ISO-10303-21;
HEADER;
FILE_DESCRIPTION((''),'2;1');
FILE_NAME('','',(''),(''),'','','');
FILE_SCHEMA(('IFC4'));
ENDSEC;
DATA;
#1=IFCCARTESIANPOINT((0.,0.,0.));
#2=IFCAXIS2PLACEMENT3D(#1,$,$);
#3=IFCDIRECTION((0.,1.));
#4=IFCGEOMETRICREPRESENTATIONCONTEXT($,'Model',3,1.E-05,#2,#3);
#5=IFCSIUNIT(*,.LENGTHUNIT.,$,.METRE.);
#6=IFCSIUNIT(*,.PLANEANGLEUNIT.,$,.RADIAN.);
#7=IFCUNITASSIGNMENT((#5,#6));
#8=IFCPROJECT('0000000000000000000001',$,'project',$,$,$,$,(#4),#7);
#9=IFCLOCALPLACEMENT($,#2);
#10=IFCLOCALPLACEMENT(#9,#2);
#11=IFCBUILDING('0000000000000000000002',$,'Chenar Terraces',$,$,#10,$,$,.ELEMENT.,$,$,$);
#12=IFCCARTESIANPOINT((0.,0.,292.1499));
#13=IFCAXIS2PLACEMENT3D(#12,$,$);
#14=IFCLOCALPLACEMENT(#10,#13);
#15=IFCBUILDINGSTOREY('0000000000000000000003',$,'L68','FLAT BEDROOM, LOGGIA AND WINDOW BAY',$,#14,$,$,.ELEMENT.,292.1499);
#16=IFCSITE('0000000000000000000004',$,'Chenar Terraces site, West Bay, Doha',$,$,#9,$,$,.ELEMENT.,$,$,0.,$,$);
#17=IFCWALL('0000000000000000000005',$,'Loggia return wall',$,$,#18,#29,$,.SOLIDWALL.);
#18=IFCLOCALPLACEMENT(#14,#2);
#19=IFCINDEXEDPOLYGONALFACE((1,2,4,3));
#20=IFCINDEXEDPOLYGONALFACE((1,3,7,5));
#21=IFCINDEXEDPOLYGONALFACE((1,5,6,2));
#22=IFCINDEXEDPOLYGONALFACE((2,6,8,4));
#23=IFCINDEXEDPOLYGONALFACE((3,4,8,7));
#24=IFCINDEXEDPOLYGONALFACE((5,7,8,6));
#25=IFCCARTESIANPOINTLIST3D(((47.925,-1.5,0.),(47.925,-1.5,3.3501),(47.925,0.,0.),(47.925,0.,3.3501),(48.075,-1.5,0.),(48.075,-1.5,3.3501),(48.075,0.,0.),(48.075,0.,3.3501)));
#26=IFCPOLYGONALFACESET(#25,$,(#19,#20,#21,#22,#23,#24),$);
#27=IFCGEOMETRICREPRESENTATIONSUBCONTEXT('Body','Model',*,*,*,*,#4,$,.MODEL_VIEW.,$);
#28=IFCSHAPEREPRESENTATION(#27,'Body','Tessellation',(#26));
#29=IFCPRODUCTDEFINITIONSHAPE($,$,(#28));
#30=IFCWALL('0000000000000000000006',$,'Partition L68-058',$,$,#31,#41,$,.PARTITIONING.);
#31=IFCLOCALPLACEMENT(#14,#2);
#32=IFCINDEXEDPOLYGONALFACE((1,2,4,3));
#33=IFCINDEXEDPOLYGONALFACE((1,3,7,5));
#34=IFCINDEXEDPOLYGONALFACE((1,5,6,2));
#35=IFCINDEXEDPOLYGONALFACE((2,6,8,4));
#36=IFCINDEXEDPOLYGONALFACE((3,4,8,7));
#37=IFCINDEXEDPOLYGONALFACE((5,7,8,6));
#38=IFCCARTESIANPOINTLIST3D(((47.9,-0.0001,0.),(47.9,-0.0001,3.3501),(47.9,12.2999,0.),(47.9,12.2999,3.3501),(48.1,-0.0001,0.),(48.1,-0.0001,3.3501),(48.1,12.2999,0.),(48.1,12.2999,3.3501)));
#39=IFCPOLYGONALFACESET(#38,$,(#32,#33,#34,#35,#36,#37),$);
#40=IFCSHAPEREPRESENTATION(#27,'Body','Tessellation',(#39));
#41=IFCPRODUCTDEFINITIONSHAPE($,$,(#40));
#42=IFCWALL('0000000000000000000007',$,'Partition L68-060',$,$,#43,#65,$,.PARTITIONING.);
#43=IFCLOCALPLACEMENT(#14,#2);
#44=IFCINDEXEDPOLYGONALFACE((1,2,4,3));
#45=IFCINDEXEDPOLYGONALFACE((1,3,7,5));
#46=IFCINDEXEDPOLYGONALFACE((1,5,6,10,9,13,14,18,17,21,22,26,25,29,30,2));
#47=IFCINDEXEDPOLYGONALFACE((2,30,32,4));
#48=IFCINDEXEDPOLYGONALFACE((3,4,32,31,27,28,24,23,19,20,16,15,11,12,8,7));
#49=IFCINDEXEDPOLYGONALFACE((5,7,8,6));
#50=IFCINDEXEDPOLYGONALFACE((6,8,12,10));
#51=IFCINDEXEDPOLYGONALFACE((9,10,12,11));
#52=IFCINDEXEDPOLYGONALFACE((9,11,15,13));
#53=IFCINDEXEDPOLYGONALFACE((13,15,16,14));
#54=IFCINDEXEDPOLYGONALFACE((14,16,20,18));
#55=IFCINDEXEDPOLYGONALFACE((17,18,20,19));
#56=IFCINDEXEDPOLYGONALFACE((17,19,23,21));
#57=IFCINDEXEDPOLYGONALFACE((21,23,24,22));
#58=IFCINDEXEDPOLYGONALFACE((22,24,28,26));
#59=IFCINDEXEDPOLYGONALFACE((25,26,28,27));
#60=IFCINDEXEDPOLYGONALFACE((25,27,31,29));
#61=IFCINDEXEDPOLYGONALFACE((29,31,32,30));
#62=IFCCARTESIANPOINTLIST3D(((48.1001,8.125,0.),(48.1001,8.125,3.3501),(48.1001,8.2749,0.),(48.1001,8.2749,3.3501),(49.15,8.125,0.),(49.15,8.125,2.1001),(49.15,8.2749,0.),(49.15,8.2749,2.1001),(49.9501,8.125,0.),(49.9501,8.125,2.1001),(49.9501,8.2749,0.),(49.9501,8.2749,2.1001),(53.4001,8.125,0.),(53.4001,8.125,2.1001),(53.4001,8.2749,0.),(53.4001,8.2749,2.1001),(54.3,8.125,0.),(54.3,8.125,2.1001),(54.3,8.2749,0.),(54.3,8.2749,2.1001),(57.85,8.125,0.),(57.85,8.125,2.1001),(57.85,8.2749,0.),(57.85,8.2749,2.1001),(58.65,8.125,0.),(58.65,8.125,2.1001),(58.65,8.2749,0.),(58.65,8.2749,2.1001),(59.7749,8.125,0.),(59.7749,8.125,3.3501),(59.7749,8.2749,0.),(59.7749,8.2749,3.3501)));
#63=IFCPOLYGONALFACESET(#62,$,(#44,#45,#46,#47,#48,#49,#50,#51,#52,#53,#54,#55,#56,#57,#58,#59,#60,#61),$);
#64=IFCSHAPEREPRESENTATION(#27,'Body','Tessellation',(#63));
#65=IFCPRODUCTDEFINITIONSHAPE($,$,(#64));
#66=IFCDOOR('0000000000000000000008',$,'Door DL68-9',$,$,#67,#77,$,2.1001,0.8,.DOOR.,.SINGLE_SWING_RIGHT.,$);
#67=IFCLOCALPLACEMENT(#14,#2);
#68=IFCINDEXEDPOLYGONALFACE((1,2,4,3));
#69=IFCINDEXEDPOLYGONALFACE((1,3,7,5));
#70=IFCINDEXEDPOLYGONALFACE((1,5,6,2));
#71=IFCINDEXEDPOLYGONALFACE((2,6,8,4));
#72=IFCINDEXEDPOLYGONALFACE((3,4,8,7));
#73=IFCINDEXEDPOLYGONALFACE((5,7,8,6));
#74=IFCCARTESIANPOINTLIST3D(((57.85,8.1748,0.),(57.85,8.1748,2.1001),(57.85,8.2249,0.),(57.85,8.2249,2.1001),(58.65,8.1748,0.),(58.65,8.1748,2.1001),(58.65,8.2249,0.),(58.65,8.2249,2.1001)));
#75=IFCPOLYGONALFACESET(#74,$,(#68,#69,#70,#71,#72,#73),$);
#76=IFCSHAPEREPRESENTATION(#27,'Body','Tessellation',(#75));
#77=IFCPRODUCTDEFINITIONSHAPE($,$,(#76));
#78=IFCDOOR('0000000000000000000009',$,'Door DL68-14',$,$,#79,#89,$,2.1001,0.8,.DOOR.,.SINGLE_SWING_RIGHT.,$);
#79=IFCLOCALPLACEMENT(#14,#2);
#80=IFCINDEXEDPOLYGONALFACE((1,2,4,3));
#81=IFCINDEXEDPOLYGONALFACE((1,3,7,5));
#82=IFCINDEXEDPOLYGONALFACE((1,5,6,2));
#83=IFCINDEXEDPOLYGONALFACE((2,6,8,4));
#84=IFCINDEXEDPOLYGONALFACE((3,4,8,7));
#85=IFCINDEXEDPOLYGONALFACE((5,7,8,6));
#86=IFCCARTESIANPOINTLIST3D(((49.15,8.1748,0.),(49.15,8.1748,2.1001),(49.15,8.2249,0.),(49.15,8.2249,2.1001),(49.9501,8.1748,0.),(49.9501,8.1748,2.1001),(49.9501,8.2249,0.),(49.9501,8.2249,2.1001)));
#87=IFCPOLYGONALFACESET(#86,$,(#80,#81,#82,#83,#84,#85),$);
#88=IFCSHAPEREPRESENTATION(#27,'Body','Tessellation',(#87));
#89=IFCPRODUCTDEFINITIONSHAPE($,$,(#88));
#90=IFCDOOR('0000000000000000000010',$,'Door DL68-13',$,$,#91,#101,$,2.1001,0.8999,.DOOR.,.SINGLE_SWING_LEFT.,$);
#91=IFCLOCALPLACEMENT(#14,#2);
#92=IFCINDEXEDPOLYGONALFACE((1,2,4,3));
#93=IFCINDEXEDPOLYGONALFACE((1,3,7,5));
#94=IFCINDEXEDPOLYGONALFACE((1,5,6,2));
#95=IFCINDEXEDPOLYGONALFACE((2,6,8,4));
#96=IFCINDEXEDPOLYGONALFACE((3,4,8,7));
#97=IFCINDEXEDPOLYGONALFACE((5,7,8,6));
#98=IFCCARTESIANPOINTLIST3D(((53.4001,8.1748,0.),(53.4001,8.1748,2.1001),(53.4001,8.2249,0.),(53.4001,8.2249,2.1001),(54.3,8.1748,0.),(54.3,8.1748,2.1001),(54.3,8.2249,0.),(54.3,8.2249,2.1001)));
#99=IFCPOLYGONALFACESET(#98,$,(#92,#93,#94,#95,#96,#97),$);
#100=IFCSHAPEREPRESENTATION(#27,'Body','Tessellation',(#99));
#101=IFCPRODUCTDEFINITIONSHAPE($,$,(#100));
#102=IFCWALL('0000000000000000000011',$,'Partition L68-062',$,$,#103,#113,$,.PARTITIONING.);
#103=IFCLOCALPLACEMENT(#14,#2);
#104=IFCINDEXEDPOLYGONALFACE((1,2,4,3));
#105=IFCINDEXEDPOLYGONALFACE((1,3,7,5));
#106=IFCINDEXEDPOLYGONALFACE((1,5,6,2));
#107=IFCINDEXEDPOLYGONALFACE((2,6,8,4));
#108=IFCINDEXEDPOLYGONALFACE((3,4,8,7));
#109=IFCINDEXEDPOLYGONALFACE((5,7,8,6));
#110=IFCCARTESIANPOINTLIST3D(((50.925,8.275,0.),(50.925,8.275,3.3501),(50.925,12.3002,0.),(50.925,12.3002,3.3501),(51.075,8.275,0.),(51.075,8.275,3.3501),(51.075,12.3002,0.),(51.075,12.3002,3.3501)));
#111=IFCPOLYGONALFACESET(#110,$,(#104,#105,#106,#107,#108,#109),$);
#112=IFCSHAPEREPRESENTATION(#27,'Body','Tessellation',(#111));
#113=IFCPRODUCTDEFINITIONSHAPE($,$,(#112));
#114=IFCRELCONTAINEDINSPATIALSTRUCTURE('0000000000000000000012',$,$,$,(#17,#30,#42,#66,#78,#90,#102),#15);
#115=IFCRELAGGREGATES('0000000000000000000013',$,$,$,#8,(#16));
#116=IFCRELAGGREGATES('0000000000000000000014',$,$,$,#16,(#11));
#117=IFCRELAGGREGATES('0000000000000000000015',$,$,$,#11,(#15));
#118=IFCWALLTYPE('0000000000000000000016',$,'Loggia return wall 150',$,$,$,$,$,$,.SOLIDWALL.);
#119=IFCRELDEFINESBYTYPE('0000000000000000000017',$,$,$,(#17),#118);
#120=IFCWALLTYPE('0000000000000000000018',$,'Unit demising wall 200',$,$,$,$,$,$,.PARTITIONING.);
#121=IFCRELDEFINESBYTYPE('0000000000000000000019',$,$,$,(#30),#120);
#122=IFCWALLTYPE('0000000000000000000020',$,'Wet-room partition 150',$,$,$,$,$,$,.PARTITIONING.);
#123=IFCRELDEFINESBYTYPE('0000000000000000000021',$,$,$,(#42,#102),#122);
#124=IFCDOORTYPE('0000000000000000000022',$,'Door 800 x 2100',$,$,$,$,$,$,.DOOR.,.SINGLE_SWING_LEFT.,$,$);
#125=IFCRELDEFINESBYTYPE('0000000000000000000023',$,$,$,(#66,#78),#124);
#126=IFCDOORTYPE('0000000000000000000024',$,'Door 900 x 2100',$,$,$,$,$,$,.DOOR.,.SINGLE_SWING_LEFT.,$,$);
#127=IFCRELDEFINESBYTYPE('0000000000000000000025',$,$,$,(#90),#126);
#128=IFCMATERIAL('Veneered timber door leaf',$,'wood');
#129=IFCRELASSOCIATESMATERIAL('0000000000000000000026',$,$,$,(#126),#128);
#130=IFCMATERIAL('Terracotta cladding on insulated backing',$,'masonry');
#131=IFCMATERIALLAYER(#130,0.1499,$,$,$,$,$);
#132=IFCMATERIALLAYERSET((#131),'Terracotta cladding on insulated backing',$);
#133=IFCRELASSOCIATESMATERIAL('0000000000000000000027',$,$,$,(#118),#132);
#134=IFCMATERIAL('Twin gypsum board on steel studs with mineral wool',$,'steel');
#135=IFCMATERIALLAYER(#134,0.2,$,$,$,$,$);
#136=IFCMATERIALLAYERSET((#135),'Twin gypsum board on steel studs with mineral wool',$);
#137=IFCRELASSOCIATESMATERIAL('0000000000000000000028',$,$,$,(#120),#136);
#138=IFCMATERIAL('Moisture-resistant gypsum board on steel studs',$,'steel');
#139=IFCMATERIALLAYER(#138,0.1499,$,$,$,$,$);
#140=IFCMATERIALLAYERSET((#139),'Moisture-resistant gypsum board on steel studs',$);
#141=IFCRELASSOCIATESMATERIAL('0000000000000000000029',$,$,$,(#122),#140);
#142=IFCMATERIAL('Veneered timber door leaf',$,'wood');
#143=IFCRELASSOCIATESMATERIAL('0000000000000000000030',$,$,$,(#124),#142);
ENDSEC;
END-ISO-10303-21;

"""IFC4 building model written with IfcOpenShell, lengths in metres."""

from ifc_helpers import new_model, si_unit, direction, frame, frame_2d, origin, place, context, subcontext, project, spatial, rectangle, extrude, material, layer, layer_set, type_object, element, fill, save


model = new_model("IFC4")

# Units and contexts
model_context = context("Model", 3, precision=1e-05, world=origin(), true_north=direction((0.0, 1.0)))
body_context = subcontext(model_context, "Body", "Model", "MODEL_VIEW")
ifc_project = project(units=[si_unit("LENGTHUNIT", "METRE"), si_unit("PLANEANGLEUNIT", "RADIAN")], contexts=[model_context])

# Site, building, storey
site_placement = place(None, origin())
site = spatial("IfcSite", under=ifc_project, at=site_placement, Name="Chenar Terraces site, West Bay, Doha", CompositionType="ELEMENT", RefElevation=0.0)
building_placement = place(site_placement, origin())
building = spatial("IfcBuilding", under=site, at=building_placement, Name="Chenar Terraces", CompositionType="ELEMENT")
storey_placement = place(building_placement, frame((0.0, 0.0, 292.1499)))
storey = spatial("IfcBuildingStorey", under=building, at=storey_placement, Name="L68", Description="FLAT BEDROOM, LOGGIA AND WINDOW BAY", CompositionType="ELEMENT", Elevation=292.1499)

# Shared definitions
ifc_material_1 = material(Name="Veneered timber door leaf", Category="wood")
door_type_1 = type_object("IfcDoorType", Name="Door 900 x 2100", OperationType="SINGLE_SWING_LEFT", PredefinedType="DOOR", material=ifc_material_1)

# Walls
ifc_material_2 = material(Name="Terracotta cladding on insulated backing", Category="masonry")
ifc_layer_1 = layer(ifc_material_2, 0.1499)
ifc_layer_set_1 = layer_set([ifc_layer_1], Name="Terracotta cladding on insulated backing")
wall_type_1 = type_object("IfcWallType", Name="Loggia return wall 150", PredefinedType="SOLIDWALL", material=ifc_layer_set_1)
wall_1_placement = place(storey_placement, frame((48.0, -1.5, 0.0), z_axis=(0.0, 0.0, 1.0), x_axis=(0.0, 1.0, 0.0)))
element("IfcWall", 1, at=wall_1_placement, inside=storey, type_object=wall_type_1, Name="Loggia return wall", PredefinedType="SOLIDWALL", context=body_context, shape_type="SweptSolid", body=[
    extrude(rectangle(XDim=1.5, YDim=0.1499, at=frame_2d((0.75, 0.0))), origin(), (0.0, 0.0, 1.0), 3.3501),
])
ifc_material_3 = material(Name="Twin gypsum board on steel studs with mineral wool", Category="steel")
ifc_layer_2 = layer(ifc_material_3, 0.2)
ifc_layer_set_2 = layer_set([ifc_layer_2], Name="Twin gypsum board on steel studs with mineral wool")
wall_type_2 = type_object("IfcWallType", Name="Unit demising wall 200", PredefinedType="PARTITIONING", material=ifc_layer_set_2)
wall_2_placement = place(storey_placement, frame((48.0, 0.0, 0.0), z_axis=(0.0, 0.0, 1.0), x_axis=(0.0, 1.0, 0.0)))
element("IfcWall", 2, at=wall_2_placement, inside=storey, type_object=wall_type_2, Name="Partition L68-058", PredefinedType="PARTITIONING", context=body_context, shape_type="SweptSolid", body=[
    extrude(rectangle(XDim=12.3, YDim=0.2, at=frame_2d((6.1499, 0.0))), origin(), (0.0, 0.0, 1.0), 3.3501),
])

# Wall, openings, doors
ifc_material_4 = material(Name="Moisture-resistant gypsum board on steel studs", Category="steel")
ifc_layer_3 = layer(ifc_material_4, 0.1499)
ifc_layer_set_3 = layer_set([ifc_layer_3], Name="Moisture-resistant gypsum board on steel studs")
wall_type_3 = type_object("IfcWallType", Name="Wet-room partition 150", PredefinedType="PARTITIONING", material=ifc_layer_set_3)
wall_3_placement = place(storey_placement, frame((48.1001, 8.2, 0.0), z_axis=(0.0, 0.0, 1.0), x_axis=(1.0, 0.0, 0.0)))
wall_3 = element("IfcWall", 3, at=wall_3_placement, inside=storey, type_object=wall_type_3, Name="Partition L68-060", PredefinedType="PARTITIONING", context=body_context, shape_type="SweptSolid", body=[
    extrude(rectangle(XDim=11.6748, YDim=0.1499, at=frame_2d((5.8374, 0.0))), origin(), (0.0, 0.0, 1.0), 3.3501),
])
opening_1_placement = place(wall_3_placement, frame((9.75, 0.0, 0.0)))
opening_1 = element("IfcOpeningElement", 4, at=opening_1_placement, cuts=wall_3, PredefinedType="OPENING", context=body_context, shape_type="SweptSolid", body=[
    extrude(rectangle(XDim=0.8, YDim=2.1001, at=frame_2d((0.3999, 1.05))), frame((0.0, 0.085, 0.0), z_axis=(0.0, -1.0, 0.0), x_axis=(1.0, 0.0, 0.0)), (0.0, 0.0, 1.0), 0.1699),
])
opening_2_placement = place(wall_3_placement, frame((5.3, 0.0, 0.0)))
opening_2 = element("IfcOpeningElement", 5, at=opening_2_placement, cuts=wall_3, PredefinedType="OPENING", context=body_context, shape_type="SweptSolid", body=[
    extrude(rectangle(XDim=0.8999, YDim=2.1001, at=frame_2d((0.45, 1.05))), frame((0.0, 0.085, 0.0), z_axis=(0.0, -1.0, 0.0), x_axis=(1.0, 0.0, 0.0)), (0.0, 0.0, 1.0), 0.1699),
])
opening_3_placement = place(wall_3_placement, frame((1.05, 0.0, 0.0)))
opening_3 = element("IfcOpeningElement", 6, at=opening_3_placement, cuts=wall_3, PredefinedType="OPENING", context=body_context, shape_type="SweptSolid", body=[
    extrude(rectangle(XDim=0.8, YDim=2.1001, at=frame_2d((0.3999, 1.05))), frame((0.0, 0.085, 0.0), z_axis=(0.0, -1.0, 0.0), x_axis=(1.0, 0.0, 0.0)), (0.0, 0.0, 1.0), 0.1699),
])
ifc_material_5 = material(Name="Veneered timber door leaf", Category="wood")
door_type_2 = type_object("IfcDoorType", Name="Door 800 x 2100", OperationType="SINGLE_SWING_LEFT", PredefinedType="DOOR", material=ifc_material_5)
door_1_placement = place(opening_1_placement, origin())
door_1 = element("IfcDoor", 7, at=door_1_placement, inside=storey, type_object=door_type_2, Name="Door DL68-9", OperationType="SINGLE_SWING_RIGHT", OverallHeight=2.1001, OverallWidth=0.8, PredefinedType="DOOR", context=body_context, shape_type="SweptSolid", body=[
    extrude(rectangle(XDim=0.8, YDim=2.1001, at=frame_2d((0.3999, 1.05))), frame((0.0, 0.0249, 0.0), z_axis=(0.0, -1.0, 0.0), x_axis=(1.0, 0.0, 0.0)), (0.0, 0.0, 1.0), 0.05),
])
fill(opening_1, door_1)
door_2_placement = place(opening_3_placement, origin())
door_2 = element("IfcDoor", 8, at=door_2_placement, inside=storey, type_object=door_type_2, Name="Door DL68-14", OperationType="SINGLE_SWING_RIGHT", OverallHeight=2.1001, OverallWidth=0.8, PredefinedType="DOOR", context=body_context, shape_type="SweptSolid", body=[
    extrude(rectangle(XDim=0.8, YDim=2.1001, at=frame_2d((0.3999, 1.05))), frame((0.0, 0.0249, 0.0), z_axis=(0.0, -1.0, 0.0), x_axis=(1.0, 0.0, 0.0)), (0.0, 0.0, 1.0), 0.05),
])
fill(opening_3, door_2)
door_3_placement = place(opening_2_placement, origin())
door_3 = element("IfcDoor", 9, at=door_3_placement, inside=storey, type_object=door_type_1, Name="Door DL68-13", OperationType="SINGLE_SWING_LEFT", OverallHeight=2.1001, OverallWidth=0.8999, PredefinedType="DOOR", context=body_context, shape_type="SweptSolid", body=[
    extrude(rectangle(XDim=0.8999, YDim=2.1001, at=frame_2d((0.45, 1.05))), frame((0.0, 0.0249, 0.0), z_axis=(0.0, -1.0, 0.0), x_axis=(1.0, 0.0, 0.0)), (0.0, 0.0, 1.0), 0.05),
])
fill(opening_2, door_3)

# Wall
wall_4_placement = place(storey_placement, frame((51.0, 8.2749, 0.0), z_axis=(0.0, 0.0, 1.0), x_axis=(0.0, 1.0, 0.0)))
element("IfcWall", 10, at=wall_4_placement, inside=storey, type_object=wall_type_3, Name="Partition L68-062", PredefinedType="PARTITIONING", context=body_context, shape_type="SweptSolid", body=[
    extrude(rectangle(XDim=4.0251, YDim=0.1499, at=frame_2d((2.0127, 0.0))), origin(), (0.0, 0.0, 1.0), 3.3501),
])

save(model, "model.ifc")
